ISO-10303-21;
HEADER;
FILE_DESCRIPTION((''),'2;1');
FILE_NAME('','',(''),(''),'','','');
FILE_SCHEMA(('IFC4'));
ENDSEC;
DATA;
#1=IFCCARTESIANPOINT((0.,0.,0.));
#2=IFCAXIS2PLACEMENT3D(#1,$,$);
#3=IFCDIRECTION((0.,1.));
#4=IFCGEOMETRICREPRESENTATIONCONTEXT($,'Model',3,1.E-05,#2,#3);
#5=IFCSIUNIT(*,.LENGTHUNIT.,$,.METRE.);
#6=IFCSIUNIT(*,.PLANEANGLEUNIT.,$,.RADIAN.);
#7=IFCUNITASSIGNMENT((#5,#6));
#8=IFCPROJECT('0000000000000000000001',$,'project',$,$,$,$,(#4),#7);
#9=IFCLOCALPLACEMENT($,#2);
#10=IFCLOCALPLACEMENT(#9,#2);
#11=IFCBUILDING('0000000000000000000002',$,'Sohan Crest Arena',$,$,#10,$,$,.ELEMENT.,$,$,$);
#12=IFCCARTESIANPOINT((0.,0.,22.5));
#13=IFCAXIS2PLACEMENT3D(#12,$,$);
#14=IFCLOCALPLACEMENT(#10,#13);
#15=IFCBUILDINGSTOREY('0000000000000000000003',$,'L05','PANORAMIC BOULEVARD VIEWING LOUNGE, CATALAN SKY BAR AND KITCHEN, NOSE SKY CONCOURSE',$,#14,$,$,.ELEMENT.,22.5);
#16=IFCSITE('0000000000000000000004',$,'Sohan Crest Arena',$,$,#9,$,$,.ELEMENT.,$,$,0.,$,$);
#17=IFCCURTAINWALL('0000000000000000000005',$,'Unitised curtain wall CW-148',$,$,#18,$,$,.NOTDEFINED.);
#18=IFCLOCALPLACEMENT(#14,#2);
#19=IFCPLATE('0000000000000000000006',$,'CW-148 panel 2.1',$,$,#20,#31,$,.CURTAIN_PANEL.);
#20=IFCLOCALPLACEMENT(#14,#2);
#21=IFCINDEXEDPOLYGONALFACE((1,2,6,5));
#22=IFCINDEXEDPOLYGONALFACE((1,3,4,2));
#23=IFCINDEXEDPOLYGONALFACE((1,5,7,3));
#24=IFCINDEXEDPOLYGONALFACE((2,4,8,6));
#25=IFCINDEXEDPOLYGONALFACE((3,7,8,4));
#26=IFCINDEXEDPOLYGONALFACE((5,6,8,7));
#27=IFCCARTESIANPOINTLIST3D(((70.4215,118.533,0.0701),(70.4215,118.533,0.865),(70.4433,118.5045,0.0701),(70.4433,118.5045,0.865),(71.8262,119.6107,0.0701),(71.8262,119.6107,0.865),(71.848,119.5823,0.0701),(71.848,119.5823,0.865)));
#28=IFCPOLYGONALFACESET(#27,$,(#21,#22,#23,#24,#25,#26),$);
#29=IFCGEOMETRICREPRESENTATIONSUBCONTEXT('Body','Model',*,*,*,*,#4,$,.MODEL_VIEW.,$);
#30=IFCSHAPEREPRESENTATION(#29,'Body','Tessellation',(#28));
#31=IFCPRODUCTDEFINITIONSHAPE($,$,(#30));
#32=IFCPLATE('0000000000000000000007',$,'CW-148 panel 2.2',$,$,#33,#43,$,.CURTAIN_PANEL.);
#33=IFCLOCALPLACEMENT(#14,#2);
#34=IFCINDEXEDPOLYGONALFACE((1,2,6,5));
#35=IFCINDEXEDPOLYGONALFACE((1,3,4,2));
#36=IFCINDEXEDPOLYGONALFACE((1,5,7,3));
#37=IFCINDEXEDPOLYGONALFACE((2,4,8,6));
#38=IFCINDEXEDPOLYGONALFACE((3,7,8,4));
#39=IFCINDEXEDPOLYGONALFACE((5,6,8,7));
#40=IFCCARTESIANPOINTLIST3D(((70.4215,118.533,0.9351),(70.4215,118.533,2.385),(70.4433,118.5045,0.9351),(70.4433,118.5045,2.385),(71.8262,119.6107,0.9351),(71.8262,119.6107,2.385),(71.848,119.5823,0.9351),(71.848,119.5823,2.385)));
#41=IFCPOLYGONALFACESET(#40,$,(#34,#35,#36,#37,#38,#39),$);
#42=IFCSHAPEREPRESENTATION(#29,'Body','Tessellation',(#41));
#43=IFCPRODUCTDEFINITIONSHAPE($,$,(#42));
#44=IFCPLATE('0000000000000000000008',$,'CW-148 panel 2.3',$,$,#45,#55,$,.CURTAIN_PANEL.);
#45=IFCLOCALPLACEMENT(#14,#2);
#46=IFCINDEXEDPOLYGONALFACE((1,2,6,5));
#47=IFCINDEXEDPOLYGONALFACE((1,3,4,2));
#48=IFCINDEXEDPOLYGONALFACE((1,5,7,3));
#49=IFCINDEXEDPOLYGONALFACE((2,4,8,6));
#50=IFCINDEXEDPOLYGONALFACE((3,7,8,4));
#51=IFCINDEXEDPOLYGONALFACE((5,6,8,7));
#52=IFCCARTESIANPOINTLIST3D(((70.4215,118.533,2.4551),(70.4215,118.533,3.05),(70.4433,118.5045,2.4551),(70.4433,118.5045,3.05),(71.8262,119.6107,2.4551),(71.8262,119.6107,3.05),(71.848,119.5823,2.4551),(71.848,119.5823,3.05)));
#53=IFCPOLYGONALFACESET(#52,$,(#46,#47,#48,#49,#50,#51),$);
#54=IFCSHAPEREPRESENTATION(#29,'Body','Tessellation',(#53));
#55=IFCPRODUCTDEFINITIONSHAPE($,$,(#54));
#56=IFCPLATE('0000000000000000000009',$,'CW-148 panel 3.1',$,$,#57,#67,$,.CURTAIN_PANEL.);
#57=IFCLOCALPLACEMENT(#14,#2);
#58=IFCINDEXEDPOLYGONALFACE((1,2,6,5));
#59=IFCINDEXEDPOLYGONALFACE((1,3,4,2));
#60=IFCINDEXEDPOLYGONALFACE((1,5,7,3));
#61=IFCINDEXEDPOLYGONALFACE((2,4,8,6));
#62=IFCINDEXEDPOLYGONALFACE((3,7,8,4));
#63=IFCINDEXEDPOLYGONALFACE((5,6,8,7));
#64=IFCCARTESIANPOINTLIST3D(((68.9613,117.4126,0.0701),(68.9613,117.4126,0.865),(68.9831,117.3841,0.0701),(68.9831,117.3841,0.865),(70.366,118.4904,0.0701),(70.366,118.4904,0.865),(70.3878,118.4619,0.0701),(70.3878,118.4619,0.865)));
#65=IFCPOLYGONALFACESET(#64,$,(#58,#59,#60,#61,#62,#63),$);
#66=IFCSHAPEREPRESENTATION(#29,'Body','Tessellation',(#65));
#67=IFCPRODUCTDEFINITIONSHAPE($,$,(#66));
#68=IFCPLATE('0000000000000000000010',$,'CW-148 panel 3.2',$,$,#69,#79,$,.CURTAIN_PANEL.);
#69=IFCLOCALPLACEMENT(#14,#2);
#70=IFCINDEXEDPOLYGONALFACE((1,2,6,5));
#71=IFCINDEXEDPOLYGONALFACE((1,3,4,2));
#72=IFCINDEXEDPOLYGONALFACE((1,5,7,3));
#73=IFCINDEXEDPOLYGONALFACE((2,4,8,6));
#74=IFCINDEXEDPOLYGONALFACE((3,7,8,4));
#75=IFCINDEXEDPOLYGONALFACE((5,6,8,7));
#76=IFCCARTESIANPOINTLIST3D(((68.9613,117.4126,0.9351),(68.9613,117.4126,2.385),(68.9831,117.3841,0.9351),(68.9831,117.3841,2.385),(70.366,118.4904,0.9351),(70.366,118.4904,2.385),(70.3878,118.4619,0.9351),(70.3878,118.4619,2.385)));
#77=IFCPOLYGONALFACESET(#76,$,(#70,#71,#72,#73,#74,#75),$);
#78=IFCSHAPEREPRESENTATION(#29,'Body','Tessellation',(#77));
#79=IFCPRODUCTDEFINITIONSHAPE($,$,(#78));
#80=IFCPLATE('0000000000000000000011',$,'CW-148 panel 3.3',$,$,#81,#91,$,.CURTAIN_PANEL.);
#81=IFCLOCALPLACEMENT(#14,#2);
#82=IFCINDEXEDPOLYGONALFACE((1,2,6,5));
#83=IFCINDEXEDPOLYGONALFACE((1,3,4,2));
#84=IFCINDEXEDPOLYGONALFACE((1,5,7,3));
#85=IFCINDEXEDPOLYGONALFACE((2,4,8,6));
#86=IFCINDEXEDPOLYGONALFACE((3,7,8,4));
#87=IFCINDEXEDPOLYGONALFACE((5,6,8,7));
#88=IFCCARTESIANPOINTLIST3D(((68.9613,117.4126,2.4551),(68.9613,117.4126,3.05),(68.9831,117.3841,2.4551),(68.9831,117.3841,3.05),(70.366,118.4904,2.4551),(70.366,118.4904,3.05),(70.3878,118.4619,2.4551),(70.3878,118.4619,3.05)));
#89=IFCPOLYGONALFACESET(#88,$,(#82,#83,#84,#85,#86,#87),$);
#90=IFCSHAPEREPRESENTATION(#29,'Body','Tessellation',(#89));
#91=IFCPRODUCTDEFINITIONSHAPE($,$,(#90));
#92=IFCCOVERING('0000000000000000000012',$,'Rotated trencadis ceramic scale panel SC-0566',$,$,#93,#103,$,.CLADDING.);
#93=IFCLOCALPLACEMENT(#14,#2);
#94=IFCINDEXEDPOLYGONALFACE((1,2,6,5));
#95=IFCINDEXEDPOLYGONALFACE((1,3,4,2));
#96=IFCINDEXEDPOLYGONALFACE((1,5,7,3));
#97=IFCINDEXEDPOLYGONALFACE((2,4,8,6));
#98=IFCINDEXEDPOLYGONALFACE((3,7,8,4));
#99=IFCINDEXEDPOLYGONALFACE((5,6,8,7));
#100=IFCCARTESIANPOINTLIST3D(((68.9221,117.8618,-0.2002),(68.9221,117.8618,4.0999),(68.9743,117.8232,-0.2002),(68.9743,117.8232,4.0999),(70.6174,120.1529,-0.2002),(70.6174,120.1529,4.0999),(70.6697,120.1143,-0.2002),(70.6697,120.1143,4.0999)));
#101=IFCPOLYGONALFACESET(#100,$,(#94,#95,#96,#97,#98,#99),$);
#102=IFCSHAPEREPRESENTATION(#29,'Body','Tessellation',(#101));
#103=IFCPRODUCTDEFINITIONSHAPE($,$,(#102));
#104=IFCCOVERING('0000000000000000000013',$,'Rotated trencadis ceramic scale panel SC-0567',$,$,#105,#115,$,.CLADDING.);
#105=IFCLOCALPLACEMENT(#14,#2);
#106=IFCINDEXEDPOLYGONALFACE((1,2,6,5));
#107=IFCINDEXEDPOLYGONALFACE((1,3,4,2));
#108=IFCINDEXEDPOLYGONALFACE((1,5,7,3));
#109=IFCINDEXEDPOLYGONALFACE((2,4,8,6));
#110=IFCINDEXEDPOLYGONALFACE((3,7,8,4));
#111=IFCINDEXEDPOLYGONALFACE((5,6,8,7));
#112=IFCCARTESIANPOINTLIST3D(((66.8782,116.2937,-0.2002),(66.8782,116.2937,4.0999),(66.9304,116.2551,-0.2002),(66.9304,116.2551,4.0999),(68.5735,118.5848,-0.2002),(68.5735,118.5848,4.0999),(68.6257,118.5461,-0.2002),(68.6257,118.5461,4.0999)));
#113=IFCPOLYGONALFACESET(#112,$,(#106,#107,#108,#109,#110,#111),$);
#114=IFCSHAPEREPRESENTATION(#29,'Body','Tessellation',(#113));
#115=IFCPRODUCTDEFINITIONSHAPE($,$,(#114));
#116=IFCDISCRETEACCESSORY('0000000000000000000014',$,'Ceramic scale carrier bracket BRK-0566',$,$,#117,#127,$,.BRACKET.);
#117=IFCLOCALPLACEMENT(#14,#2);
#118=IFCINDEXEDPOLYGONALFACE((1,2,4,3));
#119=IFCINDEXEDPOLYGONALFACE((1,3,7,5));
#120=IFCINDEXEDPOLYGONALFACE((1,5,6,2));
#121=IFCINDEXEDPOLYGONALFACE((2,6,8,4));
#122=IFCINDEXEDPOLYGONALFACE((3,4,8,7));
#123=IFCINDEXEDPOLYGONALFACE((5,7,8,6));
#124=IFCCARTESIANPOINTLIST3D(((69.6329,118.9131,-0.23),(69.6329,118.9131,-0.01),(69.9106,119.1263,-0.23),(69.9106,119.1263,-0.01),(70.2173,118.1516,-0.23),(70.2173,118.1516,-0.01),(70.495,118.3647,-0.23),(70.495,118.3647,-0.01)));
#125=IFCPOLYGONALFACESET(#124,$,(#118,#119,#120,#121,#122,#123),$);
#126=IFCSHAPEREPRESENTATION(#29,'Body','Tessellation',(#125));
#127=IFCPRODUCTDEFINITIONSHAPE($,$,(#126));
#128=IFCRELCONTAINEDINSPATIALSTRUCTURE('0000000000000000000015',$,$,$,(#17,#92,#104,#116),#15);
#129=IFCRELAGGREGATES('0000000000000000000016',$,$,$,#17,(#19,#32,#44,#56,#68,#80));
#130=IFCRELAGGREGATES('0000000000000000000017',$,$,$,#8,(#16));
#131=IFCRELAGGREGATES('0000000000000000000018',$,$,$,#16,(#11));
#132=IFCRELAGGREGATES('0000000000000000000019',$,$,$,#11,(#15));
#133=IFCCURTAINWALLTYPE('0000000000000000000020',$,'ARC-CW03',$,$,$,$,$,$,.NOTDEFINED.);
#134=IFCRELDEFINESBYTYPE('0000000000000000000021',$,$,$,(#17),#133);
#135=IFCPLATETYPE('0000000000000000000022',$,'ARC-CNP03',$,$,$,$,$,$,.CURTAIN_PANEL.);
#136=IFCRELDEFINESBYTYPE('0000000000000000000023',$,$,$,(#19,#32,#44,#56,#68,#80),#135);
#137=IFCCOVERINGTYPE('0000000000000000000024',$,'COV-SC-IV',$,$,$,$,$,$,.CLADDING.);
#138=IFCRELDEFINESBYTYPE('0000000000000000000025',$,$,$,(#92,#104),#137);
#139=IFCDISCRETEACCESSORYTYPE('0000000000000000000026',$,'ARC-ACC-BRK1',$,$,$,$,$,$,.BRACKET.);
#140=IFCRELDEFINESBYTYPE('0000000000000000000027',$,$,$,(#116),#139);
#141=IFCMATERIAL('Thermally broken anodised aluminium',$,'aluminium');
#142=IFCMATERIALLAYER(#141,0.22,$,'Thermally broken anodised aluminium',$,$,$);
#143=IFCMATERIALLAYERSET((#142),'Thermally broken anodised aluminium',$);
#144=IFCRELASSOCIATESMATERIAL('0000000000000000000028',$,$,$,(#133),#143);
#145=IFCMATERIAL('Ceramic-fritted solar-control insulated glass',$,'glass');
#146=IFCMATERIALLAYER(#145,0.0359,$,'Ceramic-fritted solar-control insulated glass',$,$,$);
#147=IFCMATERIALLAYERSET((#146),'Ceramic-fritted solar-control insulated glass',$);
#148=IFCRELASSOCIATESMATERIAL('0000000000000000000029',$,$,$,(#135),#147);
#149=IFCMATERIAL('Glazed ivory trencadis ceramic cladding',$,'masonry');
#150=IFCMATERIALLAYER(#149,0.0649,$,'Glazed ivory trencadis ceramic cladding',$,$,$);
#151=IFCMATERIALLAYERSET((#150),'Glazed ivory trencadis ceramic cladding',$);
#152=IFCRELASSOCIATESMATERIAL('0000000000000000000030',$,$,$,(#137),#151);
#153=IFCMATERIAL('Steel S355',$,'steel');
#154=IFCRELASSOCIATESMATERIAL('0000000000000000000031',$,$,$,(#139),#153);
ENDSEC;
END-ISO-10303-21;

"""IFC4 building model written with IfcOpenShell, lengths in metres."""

from ifc_helpers import new_model, si_unit, direction, frame, origin, origin_2d, place, context, subcontext, project, spatial, rectangle, extrude, material, layer, layer_set, type_object, element, aggregate, save


model = new_model("IFC4")

# Units and contexts
model_context = context("Model", 3, precision=1e-05, world=origin(), true_north=direction((0.0, 1.0)))
body_context = subcontext(model_context, "Body", "Model", "MODEL_VIEW")
ifc_project = project(units=[si_unit("LENGTHUNIT", "METRE"), si_unit("PLANEANGLEUNIT", "RADIAN")], contexts=[model_context])

# Site, building, storey
site_placement = place(None, origin())
site = spatial("IfcSite", under=ifc_project, at=site_placement, Name="Sohan Crest Arena", CompositionType="ELEMENT", RefElevation=0.0)
building_placement = place(site_placement, origin())
building = spatial("IfcBuilding", under=site, at=building_placement, Name="Sohan Crest Arena", CompositionType="ELEMENT")
storey_placement = place(building_placement, frame((0.0, 0.0, 22.5)))
storey = spatial("IfcBuildingStorey", under=building, at=storey_placement, Name="L05", Description="PANORAMIC BOULEVARD VIEWING LOUNGE, CATALAN SKY BAR AND KITCHEN, NOSE SKY CONCOURSE", CompositionType="ELEMENT", Elevation=22.5)

# Shared definitions
ifc_material_1 = material(Name="Steel S355", Category="steel")

# Curtain wall
ifc_material_2 = material(Name="Thermally broken anodised aluminium", Category="aluminium")
ifc_layer_1 = layer(ifc_material_2, 0.22, Name="Thermally broken anodised aluminium")
ifc_layer_set_1 = layer_set([ifc_layer_1], Name="Thermally broken anodised aluminium")
curtain_wall_type = type_object("IfcCurtainWallType", Name="ARC-CW03", PredefinedType="NOTDEFINED", material=ifc_layer_set_1)
curtain_wall_placement = place(storey_placement, origin())
curtain_wall = element("IfcCurtainWall", 1, at=curtain_wall_placement, inside=storey, type_object=curtain_wall_type, Name="Unitised curtain wall CW-148", PredefinedType="NOTDEFINED")

# Plates
ifc_material_3 = material(Name="Ceramic-fritted solar-control insulated glass", Category="glass")
ifc_layer_2 = layer(ifc_material_3, 0.0359, Name="Ceramic-fritted solar-control insulated glass")
ifc_layer_set_2 = layer_set([ifc_layer_2], Name="Ceramic-fritted solar-control insulated glass")
plate_type = type_object("IfcPlateType", Name="ARC-CNP03", PredefinedType="CURTAIN_PANEL", material=ifc_layer_set_2)
plate_1_placement = place(storey_placement, frame((71.1348, 119.0576, 0.0701), z_axis=(0.0, 0.0, 1.0), x_axis=(-0.793385, -0.60872, 0.0)))
plate_1 = element("IfcPlate", 2, at=plate_1_placement, type_object=plate_type, Name="CW-148 panel 2.1", PredefinedType="CURTAIN_PANEL", context=body_context, shape_type="SweptSolid", body=[
    extrude(rectangle(XDim=1.7705, YDim=0.0359, at=origin_2d()), origin(), (0.0, 0.0, 1.0), 0.7949),
])
plate_2_placement = place(storey_placement, frame((71.1348, 119.0576, 0.9351), z_axis=(0.0, 0.0, 1.0), x_axis=(-0.793385, -0.60872, 0.0)))
plate_2 = element("IfcPlate", 3, at=plate_2_placement, type_object=plate_type, Name="CW-148 panel 2.2", PredefinedType="CURTAIN_PANEL", context=body_context, shape_type="SweptSolid", body=[
    extrude(rectangle(XDim=1.7705, YDim=0.0359, at=origin_2d()), origin(), (0.0, 0.0, 1.0), 1.45),
])
plate_3_placement = place(storey_placement, frame((71.1348, 119.0576, 2.4551), z_axis=(0.0, 0.0, 1.0), x_axis=(-0.793385, -0.60872, 0.0)))
plate_3 = element("IfcPlate", 4, at=plate_3_placement, type_object=plate_type, Name="CW-148 panel 2.3", PredefinedType="CURTAIN_PANEL", context=body_context, shape_type="SweptSolid", body=[
    extrude(rectangle(XDim=1.7705, YDim=0.0359, at=origin_2d()), origin(), (0.0, 0.0, 1.0), 0.595),
])
plate_4_placement = place(storey_placement, frame((69.6746, 117.9373, 0.0701), z_axis=(0.0, 0.0, 1.0), x_axis=(-0.793385, -0.60872, 0.0)))
plate_4 = element("IfcPlate", 5, at=plate_4_placement, type_object=plate_type, Name="CW-148 panel 3.1", PredefinedType="CURTAIN_PANEL", context=body_context, shape_type="SweptSolid", body=[
    extrude(rectangle(XDim=1.7705, YDim=0.0359, at=origin_2d()), origin(), (0.0, 0.0, 1.0), 0.7949),
])
plate_5_placement = place(storey_placement, frame((69.6746, 117.9373, 0.9351), z_axis=(0.0, 0.0, 1.0), x_axis=(-0.793385, -0.60872, 0.0)))
plate_5 = element("IfcPlate", 6, at=plate_5_placement, type_object=plate_type, Name="CW-148 panel 3.2", PredefinedType="CURTAIN_PANEL", context=body_context, shape_type="SweptSolid", body=[
    extrude(rectangle(XDim=1.7705, YDim=0.0359, at=origin_2d()), origin(), (0.0, 0.0, 1.0), 1.45),
])
plate_6_placement = place(storey_placement, frame((69.6746, 117.9373, 2.4551), z_axis=(0.0, 0.0, 1.0), x_axis=(-0.793385, -0.60872, 0.0)))
plate_6 = element("IfcPlate", 7, at=plate_6_placement, type_object=plate_type, Name="CW-148 panel 3.3", PredefinedType="CURTAIN_PANEL", context=body_context, shape_type="SweptSolid", body=[
    extrude(rectangle(XDim=1.7705, YDim=0.0359, at=origin_2d()), origin(), (0.0, 0.0, 1.0), 0.595),
])
aggregate(curtain_wall, [plate_1, plate_2, plate_3, plate_4, plate_5, plate_6])

# Coverings
ifc_material_4 = material(Name="Glazed ivory trencadis ceramic cladding", Category="masonry")
ifc_layer_3 = layer(ifc_material_4, 0.0649, Name="Glazed ivory trencadis ceramic cladding")
ifc_layer_set_3 = layer_set([ifc_layer_3], Name="Glazed ivory trencadis ceramic cladding")
covering_type = type_object("IfcCoveringType", Name="COV-SC-IV", PredefinedType="CLADDING", material=ifc_layer_set_3)
for number, where, z_axis, x_axis, name in (
    (8, (69.7959, 118.988, -0.2002), (0.0, 0.0, 1.0), (-0.594823, -0.803857, 0.0), "Rotated trencadis ceramic scale panel SC-0566"),
    (9, (67.752, 117.4199, -0.2002), (0.0, 0.0, 1.0), (-0.594823, -0.803857, 0.0), "Rotated trencadis ceramic scale panel SC-0567"),
):
    element("IfcCovering", number, at=place(storey_placement, frame(where, z_axis=z_axis, x_axis=x_axis)), inside=storey, type_object=covering_type, Name=name, PredefinedType="CLADDING", context=body_context, shape_type="SweptSolid", body=[
        extrude(rectangle(XDim=2.8501, YDim=0.0649, at=origin_2d()), origin(), (0.0, 0.0, 1.0), 4.3),
    ])

# Discrete accessory
discrete_accessory_type = type_object("IfcDiscreteAccessoryType", Name="ARC-ACC-BRK1", PredefinedType="BRACKET", material=ifc_material_1)
discrete_accessory_placement = place(storey_placement, frame((70.064, 118.6389, -0.23), z_axis=(0.0, 0.0, 1.0), x_axis=(-0.793353, -0.608761, 0.0)))
element("IfcDiscreteAccessory", 10, at=discrete_accessory_placement, inside=storey, type_object=discrete_accessory_type, Name="Ceramic scale carrier bracket BRK-0566", PredefinedType="BRACKET", context=body_context, shape_type="SweptSolid", body=[
    extrude(rectangle(XDim=0.3501, YDim=0.96, at=origin_2d()), origin(), (0.0, 0.0, 1.0), 0.22),
])

save(model, "model.ifc")
